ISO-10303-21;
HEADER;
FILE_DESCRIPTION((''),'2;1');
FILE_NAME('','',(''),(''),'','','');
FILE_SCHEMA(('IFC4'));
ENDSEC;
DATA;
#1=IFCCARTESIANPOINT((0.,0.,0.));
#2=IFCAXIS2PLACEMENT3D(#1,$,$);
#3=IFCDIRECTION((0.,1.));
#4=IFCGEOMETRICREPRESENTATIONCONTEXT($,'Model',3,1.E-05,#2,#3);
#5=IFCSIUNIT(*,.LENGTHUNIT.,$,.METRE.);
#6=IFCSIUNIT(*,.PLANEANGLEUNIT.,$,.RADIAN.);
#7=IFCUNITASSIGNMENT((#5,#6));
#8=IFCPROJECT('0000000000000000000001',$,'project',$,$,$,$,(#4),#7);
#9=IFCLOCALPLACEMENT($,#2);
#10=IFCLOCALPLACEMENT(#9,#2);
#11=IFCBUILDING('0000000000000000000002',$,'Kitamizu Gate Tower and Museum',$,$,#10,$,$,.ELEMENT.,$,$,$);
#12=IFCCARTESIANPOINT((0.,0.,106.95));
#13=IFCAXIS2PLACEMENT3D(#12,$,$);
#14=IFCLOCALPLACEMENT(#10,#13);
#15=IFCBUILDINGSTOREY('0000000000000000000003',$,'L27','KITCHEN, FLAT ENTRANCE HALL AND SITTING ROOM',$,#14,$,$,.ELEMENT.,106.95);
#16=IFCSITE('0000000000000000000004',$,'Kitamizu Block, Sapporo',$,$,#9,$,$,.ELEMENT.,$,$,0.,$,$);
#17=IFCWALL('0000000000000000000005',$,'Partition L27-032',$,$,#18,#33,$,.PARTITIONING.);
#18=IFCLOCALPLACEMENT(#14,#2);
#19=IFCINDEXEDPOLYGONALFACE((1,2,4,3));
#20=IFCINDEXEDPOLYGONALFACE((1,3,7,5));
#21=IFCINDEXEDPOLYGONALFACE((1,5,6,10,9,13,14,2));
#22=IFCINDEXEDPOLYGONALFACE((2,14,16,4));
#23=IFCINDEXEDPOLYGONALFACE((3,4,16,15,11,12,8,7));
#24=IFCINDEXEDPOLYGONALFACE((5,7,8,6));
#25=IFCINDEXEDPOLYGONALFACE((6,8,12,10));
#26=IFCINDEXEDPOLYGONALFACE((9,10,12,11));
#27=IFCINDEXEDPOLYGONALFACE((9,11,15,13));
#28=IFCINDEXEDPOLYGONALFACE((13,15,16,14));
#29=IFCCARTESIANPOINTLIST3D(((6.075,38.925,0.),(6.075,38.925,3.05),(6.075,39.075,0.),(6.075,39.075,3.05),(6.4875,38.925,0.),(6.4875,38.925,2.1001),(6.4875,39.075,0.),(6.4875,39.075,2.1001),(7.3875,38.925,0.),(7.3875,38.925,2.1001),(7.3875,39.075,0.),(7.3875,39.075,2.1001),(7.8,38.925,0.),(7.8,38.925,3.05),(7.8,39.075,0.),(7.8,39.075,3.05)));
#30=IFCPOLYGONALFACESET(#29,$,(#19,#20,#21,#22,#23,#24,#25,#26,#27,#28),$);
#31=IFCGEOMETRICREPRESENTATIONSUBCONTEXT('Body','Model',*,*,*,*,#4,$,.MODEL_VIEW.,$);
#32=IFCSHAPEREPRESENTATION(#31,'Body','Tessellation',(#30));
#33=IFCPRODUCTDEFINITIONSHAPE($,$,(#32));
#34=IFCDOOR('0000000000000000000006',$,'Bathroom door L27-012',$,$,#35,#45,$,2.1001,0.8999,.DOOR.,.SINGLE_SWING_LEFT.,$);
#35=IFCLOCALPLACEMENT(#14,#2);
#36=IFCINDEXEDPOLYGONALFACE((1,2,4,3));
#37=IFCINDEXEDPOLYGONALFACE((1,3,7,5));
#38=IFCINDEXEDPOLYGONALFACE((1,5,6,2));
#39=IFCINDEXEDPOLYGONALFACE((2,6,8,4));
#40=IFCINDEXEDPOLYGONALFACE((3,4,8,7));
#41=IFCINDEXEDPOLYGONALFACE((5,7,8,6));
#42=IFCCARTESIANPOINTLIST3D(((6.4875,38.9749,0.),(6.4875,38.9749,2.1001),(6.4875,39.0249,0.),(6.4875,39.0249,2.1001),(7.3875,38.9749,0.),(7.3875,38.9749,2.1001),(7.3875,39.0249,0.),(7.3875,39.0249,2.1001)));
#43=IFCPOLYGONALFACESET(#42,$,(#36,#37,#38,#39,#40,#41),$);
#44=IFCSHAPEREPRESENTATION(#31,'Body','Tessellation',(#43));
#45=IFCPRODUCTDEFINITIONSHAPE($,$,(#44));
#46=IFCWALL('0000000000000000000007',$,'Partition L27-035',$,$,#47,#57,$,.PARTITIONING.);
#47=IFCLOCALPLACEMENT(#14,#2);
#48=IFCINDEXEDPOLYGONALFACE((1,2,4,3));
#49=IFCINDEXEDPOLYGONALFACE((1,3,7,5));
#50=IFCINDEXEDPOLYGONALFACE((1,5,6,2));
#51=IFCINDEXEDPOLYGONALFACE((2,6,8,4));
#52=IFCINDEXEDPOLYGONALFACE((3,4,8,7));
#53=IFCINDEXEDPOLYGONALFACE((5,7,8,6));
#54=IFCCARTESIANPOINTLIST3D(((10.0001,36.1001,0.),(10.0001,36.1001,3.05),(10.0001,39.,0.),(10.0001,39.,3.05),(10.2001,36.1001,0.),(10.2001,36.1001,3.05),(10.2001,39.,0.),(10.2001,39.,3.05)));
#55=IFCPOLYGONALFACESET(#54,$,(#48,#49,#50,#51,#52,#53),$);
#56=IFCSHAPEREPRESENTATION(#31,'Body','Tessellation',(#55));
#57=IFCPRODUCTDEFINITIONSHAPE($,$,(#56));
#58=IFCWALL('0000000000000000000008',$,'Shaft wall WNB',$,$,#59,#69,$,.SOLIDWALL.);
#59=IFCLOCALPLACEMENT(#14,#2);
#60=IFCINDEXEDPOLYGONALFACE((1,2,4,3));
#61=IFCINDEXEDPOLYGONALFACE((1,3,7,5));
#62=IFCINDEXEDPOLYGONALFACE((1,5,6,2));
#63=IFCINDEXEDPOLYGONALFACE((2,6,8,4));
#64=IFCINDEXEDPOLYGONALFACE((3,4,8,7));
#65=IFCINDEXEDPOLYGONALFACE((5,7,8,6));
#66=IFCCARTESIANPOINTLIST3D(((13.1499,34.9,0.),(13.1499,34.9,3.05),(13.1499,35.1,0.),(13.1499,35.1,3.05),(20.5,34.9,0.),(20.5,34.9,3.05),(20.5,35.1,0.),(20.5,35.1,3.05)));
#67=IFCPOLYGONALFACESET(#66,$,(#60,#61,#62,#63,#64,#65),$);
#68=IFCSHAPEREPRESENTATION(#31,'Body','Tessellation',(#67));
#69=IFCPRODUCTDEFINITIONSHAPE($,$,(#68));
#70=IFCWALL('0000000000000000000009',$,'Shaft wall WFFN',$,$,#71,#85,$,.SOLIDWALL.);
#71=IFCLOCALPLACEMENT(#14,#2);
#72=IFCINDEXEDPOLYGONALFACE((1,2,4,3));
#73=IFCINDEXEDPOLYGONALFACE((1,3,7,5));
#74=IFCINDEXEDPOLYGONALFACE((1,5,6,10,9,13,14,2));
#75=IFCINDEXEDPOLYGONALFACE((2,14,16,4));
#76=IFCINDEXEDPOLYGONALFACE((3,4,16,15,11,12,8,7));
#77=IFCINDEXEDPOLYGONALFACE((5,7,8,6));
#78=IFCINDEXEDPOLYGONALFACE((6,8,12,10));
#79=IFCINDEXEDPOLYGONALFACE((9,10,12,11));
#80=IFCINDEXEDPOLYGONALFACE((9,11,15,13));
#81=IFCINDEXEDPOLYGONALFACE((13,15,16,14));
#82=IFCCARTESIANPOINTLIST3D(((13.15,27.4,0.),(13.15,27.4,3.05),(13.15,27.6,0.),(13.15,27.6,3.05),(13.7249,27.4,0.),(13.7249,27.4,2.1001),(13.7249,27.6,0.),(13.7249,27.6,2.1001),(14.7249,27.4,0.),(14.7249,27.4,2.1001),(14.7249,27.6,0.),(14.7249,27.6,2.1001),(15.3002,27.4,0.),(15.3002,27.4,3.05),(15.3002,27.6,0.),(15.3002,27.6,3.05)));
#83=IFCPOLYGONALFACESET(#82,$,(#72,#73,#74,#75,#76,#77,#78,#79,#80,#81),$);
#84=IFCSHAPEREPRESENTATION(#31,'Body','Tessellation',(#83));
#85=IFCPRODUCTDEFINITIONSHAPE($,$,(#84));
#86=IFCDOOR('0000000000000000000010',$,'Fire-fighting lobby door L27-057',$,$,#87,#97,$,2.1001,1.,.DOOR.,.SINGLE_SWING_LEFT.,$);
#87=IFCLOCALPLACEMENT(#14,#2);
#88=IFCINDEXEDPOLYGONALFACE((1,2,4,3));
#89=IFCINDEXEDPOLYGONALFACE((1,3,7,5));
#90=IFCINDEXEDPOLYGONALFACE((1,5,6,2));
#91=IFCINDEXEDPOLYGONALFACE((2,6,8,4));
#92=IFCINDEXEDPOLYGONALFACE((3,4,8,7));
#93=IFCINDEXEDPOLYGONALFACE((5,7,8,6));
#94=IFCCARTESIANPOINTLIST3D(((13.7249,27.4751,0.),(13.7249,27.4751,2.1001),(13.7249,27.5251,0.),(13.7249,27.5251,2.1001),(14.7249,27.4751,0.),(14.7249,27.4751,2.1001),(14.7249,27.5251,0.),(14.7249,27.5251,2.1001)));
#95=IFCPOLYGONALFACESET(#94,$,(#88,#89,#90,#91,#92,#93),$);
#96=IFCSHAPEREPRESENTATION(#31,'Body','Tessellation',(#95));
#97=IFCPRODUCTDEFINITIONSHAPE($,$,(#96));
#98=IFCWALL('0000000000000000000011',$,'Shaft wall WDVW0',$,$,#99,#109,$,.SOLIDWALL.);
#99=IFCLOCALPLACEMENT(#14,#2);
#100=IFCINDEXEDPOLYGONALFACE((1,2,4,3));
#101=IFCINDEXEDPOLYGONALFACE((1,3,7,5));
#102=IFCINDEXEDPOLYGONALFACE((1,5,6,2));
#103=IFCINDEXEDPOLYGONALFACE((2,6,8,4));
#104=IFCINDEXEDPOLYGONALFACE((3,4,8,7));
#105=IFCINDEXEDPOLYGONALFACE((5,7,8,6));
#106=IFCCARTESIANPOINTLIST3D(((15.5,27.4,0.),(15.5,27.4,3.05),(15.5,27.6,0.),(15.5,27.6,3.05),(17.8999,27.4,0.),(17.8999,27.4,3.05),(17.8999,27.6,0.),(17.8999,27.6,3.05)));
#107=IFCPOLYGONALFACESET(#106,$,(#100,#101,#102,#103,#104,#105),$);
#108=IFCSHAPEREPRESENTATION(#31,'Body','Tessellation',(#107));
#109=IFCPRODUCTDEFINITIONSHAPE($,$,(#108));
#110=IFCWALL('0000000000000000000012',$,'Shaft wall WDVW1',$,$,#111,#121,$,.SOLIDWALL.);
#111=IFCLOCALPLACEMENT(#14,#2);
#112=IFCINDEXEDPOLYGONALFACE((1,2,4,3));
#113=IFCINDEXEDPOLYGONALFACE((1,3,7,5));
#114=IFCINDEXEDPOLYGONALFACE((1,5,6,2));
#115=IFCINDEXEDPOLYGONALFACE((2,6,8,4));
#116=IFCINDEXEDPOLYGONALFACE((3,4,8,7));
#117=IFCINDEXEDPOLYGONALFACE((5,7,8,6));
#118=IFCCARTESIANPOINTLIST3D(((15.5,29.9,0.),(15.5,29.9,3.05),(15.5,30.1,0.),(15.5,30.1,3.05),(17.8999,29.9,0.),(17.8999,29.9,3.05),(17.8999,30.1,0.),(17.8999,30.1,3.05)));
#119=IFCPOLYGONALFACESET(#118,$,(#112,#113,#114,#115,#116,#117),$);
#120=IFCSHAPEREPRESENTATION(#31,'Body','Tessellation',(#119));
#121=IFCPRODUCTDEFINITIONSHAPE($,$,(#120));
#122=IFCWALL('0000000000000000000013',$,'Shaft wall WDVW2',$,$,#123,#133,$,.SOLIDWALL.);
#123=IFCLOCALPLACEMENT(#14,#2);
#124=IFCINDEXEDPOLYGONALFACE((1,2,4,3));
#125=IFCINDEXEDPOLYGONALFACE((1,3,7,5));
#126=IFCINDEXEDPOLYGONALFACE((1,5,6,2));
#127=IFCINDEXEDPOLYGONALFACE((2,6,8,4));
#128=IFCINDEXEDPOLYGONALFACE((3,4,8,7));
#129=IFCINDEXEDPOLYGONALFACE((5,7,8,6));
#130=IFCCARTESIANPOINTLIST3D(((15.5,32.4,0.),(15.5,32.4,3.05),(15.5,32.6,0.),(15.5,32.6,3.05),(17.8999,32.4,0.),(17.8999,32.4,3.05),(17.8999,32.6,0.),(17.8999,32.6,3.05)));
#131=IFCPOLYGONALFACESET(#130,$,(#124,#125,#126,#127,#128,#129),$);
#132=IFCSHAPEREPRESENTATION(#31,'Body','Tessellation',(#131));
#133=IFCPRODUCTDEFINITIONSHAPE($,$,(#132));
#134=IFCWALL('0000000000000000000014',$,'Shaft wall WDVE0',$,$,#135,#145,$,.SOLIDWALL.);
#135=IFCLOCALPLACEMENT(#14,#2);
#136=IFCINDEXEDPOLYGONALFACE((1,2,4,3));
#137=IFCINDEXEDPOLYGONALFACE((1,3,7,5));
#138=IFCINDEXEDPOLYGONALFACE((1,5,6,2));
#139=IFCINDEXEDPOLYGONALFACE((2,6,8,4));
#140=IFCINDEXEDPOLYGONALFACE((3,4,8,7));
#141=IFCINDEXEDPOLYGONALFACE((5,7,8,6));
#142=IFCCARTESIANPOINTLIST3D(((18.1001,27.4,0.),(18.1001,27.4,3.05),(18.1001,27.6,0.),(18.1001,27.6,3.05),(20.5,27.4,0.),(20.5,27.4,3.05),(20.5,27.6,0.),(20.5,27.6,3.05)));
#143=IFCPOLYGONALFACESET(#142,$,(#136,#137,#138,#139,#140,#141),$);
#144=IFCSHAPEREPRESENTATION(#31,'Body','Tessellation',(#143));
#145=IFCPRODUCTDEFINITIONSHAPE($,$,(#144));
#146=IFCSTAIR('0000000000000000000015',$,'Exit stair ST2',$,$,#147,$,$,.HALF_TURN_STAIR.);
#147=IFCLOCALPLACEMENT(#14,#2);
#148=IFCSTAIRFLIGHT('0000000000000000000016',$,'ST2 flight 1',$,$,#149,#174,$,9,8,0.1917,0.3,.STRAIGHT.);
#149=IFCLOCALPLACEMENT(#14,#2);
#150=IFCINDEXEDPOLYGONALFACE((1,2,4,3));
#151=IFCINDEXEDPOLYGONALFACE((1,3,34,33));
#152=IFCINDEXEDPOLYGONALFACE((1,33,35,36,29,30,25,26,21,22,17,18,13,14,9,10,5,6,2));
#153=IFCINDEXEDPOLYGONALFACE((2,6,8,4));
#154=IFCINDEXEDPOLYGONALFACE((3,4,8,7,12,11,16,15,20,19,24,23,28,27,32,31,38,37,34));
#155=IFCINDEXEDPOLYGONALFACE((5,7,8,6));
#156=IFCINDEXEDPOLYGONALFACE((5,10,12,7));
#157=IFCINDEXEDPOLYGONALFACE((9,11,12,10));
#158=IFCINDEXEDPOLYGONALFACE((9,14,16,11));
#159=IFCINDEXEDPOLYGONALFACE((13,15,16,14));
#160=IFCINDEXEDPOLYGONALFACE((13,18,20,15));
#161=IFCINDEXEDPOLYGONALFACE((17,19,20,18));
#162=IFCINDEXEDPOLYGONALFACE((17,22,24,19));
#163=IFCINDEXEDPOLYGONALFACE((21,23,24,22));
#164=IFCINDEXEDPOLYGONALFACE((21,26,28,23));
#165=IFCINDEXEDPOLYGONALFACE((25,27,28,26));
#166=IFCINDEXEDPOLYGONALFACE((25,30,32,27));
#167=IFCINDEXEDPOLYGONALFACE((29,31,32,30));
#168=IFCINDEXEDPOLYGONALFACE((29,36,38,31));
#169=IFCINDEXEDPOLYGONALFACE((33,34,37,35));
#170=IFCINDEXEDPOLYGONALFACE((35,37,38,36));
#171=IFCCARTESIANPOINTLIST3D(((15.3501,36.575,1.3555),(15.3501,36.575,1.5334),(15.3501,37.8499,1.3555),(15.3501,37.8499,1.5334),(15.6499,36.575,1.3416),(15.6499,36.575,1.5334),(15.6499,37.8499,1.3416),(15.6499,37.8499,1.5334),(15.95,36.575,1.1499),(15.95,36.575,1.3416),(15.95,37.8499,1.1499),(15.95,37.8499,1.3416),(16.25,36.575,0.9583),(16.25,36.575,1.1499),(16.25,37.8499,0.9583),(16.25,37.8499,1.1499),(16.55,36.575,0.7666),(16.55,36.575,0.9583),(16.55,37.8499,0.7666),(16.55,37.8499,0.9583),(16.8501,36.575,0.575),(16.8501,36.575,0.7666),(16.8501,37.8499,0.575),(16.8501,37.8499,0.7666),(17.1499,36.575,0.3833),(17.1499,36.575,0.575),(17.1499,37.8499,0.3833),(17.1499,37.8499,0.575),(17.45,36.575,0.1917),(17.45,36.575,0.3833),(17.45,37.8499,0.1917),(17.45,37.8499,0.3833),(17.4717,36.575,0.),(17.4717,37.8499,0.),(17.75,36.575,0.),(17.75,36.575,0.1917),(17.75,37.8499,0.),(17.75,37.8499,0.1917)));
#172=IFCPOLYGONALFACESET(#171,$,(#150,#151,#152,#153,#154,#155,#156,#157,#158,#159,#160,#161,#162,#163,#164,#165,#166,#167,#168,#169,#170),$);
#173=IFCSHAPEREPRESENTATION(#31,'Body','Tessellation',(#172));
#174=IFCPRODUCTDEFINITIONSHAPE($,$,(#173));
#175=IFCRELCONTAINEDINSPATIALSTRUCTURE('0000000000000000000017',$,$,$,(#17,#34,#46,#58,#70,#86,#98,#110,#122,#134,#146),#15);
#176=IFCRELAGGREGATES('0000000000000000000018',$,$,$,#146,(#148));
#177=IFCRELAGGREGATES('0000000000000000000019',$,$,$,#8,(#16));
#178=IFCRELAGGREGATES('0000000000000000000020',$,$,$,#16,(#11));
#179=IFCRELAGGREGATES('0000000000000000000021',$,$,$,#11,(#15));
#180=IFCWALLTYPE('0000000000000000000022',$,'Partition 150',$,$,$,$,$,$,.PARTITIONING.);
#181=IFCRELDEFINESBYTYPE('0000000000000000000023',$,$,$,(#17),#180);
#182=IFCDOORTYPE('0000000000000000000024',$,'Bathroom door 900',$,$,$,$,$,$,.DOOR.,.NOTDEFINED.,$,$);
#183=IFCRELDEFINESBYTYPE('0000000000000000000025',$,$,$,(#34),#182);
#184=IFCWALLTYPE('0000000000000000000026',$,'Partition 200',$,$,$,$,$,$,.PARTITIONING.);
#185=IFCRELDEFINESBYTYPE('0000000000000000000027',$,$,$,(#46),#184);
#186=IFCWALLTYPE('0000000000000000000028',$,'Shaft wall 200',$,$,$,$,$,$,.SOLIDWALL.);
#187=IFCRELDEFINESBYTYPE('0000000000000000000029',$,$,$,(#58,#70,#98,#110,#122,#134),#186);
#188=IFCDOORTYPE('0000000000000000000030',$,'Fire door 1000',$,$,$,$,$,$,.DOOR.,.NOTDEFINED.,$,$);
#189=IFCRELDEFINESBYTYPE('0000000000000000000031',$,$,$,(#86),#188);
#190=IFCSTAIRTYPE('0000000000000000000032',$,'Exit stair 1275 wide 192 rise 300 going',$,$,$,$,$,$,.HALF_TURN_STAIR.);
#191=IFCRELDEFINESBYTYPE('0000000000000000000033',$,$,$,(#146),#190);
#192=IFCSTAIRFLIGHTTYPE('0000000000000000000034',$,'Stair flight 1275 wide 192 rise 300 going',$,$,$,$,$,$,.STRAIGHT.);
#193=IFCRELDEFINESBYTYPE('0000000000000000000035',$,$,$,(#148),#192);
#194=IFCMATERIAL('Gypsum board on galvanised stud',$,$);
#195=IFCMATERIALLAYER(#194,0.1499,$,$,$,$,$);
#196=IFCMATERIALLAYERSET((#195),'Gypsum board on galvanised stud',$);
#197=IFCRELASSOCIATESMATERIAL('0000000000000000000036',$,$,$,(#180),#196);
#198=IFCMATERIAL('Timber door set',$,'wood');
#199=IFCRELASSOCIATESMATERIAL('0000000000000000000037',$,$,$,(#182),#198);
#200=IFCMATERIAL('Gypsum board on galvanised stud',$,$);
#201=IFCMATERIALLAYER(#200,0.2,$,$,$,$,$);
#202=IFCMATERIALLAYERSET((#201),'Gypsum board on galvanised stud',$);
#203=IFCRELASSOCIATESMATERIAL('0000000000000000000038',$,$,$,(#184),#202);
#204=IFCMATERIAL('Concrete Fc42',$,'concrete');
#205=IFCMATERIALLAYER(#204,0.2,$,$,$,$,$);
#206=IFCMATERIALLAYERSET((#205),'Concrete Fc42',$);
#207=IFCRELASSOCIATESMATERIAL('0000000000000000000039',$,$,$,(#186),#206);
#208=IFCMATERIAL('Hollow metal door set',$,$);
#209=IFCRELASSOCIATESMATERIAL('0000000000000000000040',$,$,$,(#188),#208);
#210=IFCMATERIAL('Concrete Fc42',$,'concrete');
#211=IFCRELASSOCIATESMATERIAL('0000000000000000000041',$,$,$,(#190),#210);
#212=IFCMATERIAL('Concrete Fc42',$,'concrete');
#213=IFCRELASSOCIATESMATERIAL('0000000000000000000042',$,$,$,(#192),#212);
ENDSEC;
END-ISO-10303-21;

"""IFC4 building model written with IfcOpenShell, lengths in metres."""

from ifc_helpers import new_model, si_unit, direction, frame, frame_2d, origin, place, context, subcontext, project, spatial, polyline, rectangle, outline, extrude, material, layer, layer_set, type_object, element, fill, aggregate, save


model = new_model("IFC4")

# Units and contexts
model_context = context("Model", 3, precision=1e-05, world=origin(), true_north=direction((0.0, 1.0)))
body_context = subcontext(model_context, "Body", "Model", "MODEL_VIEW")
ifc_project = project(units=[si_unit("LENGTHUNIT", "METRE"), si_unit("PLANEANGLEUNIT", "RADIAN")], contexts=[model_context])

# Site, building, storey
site_placement = place(None, origin())
site = spatial("IfcSite", under=ifc_project, at=site_placement, Name="Kitamizu Block, Sapporo", CompositionType="ELEMENT", RefElevation=0.0)
building_placement = place(site_placement, origin())
building = spatial("IfcBuilding", under=site, at=building_placement, Name="Kitamizu Gate Tower and Museum", CompositionType="ELEMENT")
storey_placement = place(building_placement, frame((0.0, 0.0, 106.95)))
storey = spatial("IfcBuildingStorey", under=building, at=storey_placement, Name="L27", Description="KITCHEN, FLAT ENTRANCE HALL AND SITTING ROOM", CompositionType="ELEMENT", Elevation=106.95)

# Shared definitions
ifc_material_1 = material(Name="Gypsum board on galvanised stud")
ifc_layer_1 = layer(ifc_material_1, 0.1499)
ifc_layer_set_1 = layer_set([ifc_layer_1], Name="Gypsum board on galvanised stud")
wall_type_1 = type_object("IfcWallType", Name="Partition 150", PredefinedType="PARTITIONING", material=ifc_layer_set_1)

# Wall, opening, door
wall_1_placement = place(storey_placement, frame((7.8, 39.0, 0.0), z_axis=(0.0, 0.0, 1.0), x_axis=(-1.0, 0.0, 0.0)))
wall_1 = element("IfcWall", 1, at=wall_1_placement, inside=storey, type_object=wall_type_1, Name="Partition L27-032", PredefinedType="PARTITIONING", context=body_context, shape_type="SweptSolid", body=[
    extrude(rectangle(XDim=1.7251, YDim=0.1499, at=frame_2d((0.8625, 0.0))), origin(), (0.0, 0.0, 1.0), 3.05),
])
opening_1_placement = place(wall_1_placement, frame((0.4126, 0.0, 0.0)))
opening_1 = element("IfcOpeningElement", 2, at=opening_1_placement, cuts=wall_1, PredefinedType="OPENING", context=body_context, shape_type="SweptSolid", body=[
    extrude(rectangle(XDim=0.8999, YDim=2.1001, at=frame_2d((0.45, 1.05))), frame((0.0, 0.085, 0.0), z_axis=(0.0, -1.0, 0.0), x_axis=(1.0, 0.0, 0.0)), (0.0, 0.0, 1.0), 0.1699),
])
ifc_material_2 = material(Name="Timber door set", Category="wood")
door_type_1 = type_object("IfcDoorType", Name="Bathroom door 900", OperationType="NOTDEFINED", PredefinedType="DOOR", material=ifc_material_2)
door_1_placement = place(opening_1_placement, frame((0.8999, 0.0, 0.0), x_axis=(-1.0, 0.0, 0.0)))
door_1 = element("IfcDoor", 3, at=door_1_placement, inside=storey, type_object=door_type_1, Name="Bathroom door L27-012", OperationType="SINGLE_SWING_LEFT", OverallHeight=2.1001, OverallWidth=0.8999, PredefinedType="DOOR", context=body_context, shape_type="SweptSolid", body=[
    extrude(rectangle(XDim=0.8999, YDim=2.1001, at=frame_2d((0.45, 1.05))), frame((0.0, 0.0249, 0.0), z_axis=(0.0, -1.0, 0.0), x_axis=(1.0, 0.0, 0.0)), (0.0, 0.0, 1.0), 0.05),
])
fill(opening_1, door_1)

# Walls
ifc_material_3 = material(Name="Gypsum board on galvanised stud")
ifc_layer_2 = layer(ifc_material_3, 0.2)
ifc_layer_set_2 = layer_set([ifc_layer_2], Name="Gypsum board on galvanised stud")
wall_type_2 = type_object("IfcWallType", Name="Partition 200", PredefinedType="PARTITIONING", material=ifc_layer_set_2)
wall_2_placement = place(storey_placement, frame((10.1001, 36.1001, 0.0), z_axis=(0.0, 0.0, 1.0), x_axis=(0.0, 1.0, 0.0)))
element("IfcWall", 4, at=wall_2_placement, inside=storey, type_object=wall_type_2, Name="Partition L27-035", PredefinedType="PARTITIONING", context=body_context, shape_type="SweptSolid", body=[
    extrude(rectangle(XDim=2.8999, YDim=0.2, at=frame_2d((1.45, 0.0))), origin(), (0.0, 0.0, 1.0), 3.05),
])
ifc_material_4 = material(Name="Concrete Fc42", Category="concrete")
ifc_layer_3 = layer(ifc_material_4, 0.2)
ifc_layer_set_3 = layer_set([ifc_layer_3], Name="Concrete Fc42")
wall_type_3 = type_object("IfcWallType", Name="Shaft wall 200", PredefinedType="SOLIDWALL", material=ifc_layer_set_3)
wall_3_placement = place(storey_placement, frame((13.1499, 35.0, 0.0), z_axis=(0.0, 0.0, 1.0), x_axis=(1.0, 0.0, 0.0)))
element("IfcWall", 5, at=wall_3_placement, inside=storey, type_object=wall_type_3, Name="Shaft wall WNB", PredefinedType="SOLIDWALL", context=body_context, shape_type="SweptSolid", body=[
    extrude(rectangle(XDim=7.3501, YDim=0.2, at=frame_2d((3.675, 0.0))), origin(), (0.0, 0.0, 1.0), 3.05),
])

# Wall, opening, door
wall_4_placement = place(storey_placement, frame((13.1499, 27.5, 0.0), z_axis=(0.0, 0.0, 1.0), x_axis=(1.0, 0.0, 0.0)))
wall_4 = element("IfcWall", 6, at=wall_4_placement, inside=storey, type_object=wall_type_3, Name="Shaft wall WFFN", PredefinedType="SOLIDWALL", context=body_context, shape_type="SweptSolid", body=[
    extrude(rectangle(XDim=2.1501, YDim=0.2, at=frame_2d((1.0752, 0.0))), origin(), (0.0, 0.0, 1.0), 3.05),
])
opening_2_placement = place(wall_4_placement, frame((0.575, 0.0, 0.0)))
opening_2 = element("IfcOpeningElement", 7, at=opening_2_placement, cuts=wall_4, PredefinedType="OPENING", context=body_context, shape_type="SweptSolid", body=[
    extrude(rectangle(XDim=1.0, YDim=2.1001, at=frame_2d((0.5, 1.05))), frame((0.0, 0.1099, 0.0), z_axis=(0.0, -1.0, 0.0), x_axis=(1.0, 0.0, 0.0)), (0.0, 0.0, 1.0), 0.22),
])
ifc_material_5 = material(Name="Hollow metal door set")
door_type_2 = type_object("IfcDoorType", Name="Fire door 1000", OperationType="NOTDEFINED", PredefinedType="DOOR", material=ifc_material_5)
door_2_placement = place(opening_2_placement, frame((1.0, 0.0, 0.0), x_axis=(-1.0, 0.0, 0.0)))
door_2 = element("IfcDoor", 8, at=door_2_placement, inside=storey, type_object=door_type_2, Name="Fire-fighting lobby door L27-057", OperationType="SINGLE_SWING_LEFT", OverallHeight=2.1001, OverallWidth=1.0, PredefinedType="DOOR", context=body_context, shape_type="SweptSolid", body=[
    extrude(rectangle(XDim=1.0, YDim=2.1001, at=frame_2d((0.5, 1.05))), frame((0.0, 0.0249, 0.0), z_axis=(0.0, -1.0, 0.0), x_axis=(1.0, 0.0, 0.0)), (0.0, 0.0, 1.0), 0.05),
])
fill(opening_2, door_2)

# Walls
for number, where, z_axis, x_axis, name in (
    (9, (15.5, 27.5, 0.0), (0.0, 0.0, 1.0), (1.0, 0.0, 0.0), "Shaft wall WDVW0"),
    (10, (15.5, 30.0, 0.0), (0.0, 0.0, 1.0), (1.0, 0.0, 0.0), "Shaft wall WDVW1"),
    (11, (15.5, 32.5, 0.0), (0.0, 0.0, 1.0), (1.0, 0.0, 0.0), "Shaft wall WDVW2"),
    (12, (18.1001, 27.5, 0.0), (0.0, 0.0, 1.0), (1.0, 0.0, 0.0), "Shaft wall WDVE0"),
):
    element("IfcWall", number, at=place(storey_placement, frame(where, z_axis=z_axis, x_axis=x_axis)), inside=storey, type_object=wall_type_3, Name=name, PredefinedType="SOLIDWALL", context=body_context, shape_type="SweptSolid", body=[
        extrude(rectangle(XDim=2.3999, YDim=0.2, at=frame_2d((1.2, 0.0))), origin(), (0.0, 0.0, 1.0), 3.05),
    ])

# Stair, stair flight
ifc_material_6 = material(Name="Concrete Fc42", Category="concrete")
stair_type = type_object("IfcStairType", Name="Exit stair 1275 wide 192 rise 300 going", PredefinedType="HALF_TURN_STAIR", material=ifc_material_6)
stair_placement = place(storey_placement, origin())
stair = element("IfcStair", 13, at=stair_placement, inside=storey, type_object=stair_type, Name="Exit stair ST2", PredefinedType="HALF_TURN_STAIR")
ifc_material_7 = material(Name="Concrete Fc42", Category="concrete")
stair_flight_type = type_object("IfcStairFlightType", Name="Stair flight 1275 wide 192 rise 300 going", PredefinedType="STRAIGHT", material=ifc_material_7)
stair_flight_1_placement = place(storey_placement, frame((17.75, 37.2124, 0.0), z_axis=(0.0, 0.0, 1.0), x_axis=(-1.0, 0.0, 0.0)))
stair_flight_1 = element("IfcStairFlight", 14, at=stair_flight_1_placement, type_object=stair_flight_type, Name="ST2 flight 1", NumberOfRisers=9, NumberOfTreads=8, PredefinedType="STRAIGHT", RiserHeight=0.1917, TreadLength=0.3, context=body_context, shape_type="SweptSolid", body=[
    extrude(outline(polyline([(0.0, 0.0), (0.0, 0.1917), (0.3, 0.1917), (0.3, 0.3833), (0.6001, 0.3833), (0.6001, 0.575), (0.8999, 0.575), (0.8999, 0.7666), (1.2, 0.7666), (1.2, 0.9583), (1.5, 0.9583), (1.5, 1.1499), (1.8, 1.1499), (1.8, 1.3416), (2.1001, 1.3416), (2.1001, 1.5334), (2.3999, 1.5334), (2.3999, 1.7251), (2.3999, 1.3555), (0.2783, 0.0), (0.0, 0.0)])), frame((0.0, 0.6375, 0.0), z_axis=(0.0, -1.0, 0.0), x_axis=(1.0, 0.0, 0.0)), (0.0, 0.0, 1.0), 1.2749),
])
aggregate(stair, [stair_flight_1])

save(model, "model.ifc")
